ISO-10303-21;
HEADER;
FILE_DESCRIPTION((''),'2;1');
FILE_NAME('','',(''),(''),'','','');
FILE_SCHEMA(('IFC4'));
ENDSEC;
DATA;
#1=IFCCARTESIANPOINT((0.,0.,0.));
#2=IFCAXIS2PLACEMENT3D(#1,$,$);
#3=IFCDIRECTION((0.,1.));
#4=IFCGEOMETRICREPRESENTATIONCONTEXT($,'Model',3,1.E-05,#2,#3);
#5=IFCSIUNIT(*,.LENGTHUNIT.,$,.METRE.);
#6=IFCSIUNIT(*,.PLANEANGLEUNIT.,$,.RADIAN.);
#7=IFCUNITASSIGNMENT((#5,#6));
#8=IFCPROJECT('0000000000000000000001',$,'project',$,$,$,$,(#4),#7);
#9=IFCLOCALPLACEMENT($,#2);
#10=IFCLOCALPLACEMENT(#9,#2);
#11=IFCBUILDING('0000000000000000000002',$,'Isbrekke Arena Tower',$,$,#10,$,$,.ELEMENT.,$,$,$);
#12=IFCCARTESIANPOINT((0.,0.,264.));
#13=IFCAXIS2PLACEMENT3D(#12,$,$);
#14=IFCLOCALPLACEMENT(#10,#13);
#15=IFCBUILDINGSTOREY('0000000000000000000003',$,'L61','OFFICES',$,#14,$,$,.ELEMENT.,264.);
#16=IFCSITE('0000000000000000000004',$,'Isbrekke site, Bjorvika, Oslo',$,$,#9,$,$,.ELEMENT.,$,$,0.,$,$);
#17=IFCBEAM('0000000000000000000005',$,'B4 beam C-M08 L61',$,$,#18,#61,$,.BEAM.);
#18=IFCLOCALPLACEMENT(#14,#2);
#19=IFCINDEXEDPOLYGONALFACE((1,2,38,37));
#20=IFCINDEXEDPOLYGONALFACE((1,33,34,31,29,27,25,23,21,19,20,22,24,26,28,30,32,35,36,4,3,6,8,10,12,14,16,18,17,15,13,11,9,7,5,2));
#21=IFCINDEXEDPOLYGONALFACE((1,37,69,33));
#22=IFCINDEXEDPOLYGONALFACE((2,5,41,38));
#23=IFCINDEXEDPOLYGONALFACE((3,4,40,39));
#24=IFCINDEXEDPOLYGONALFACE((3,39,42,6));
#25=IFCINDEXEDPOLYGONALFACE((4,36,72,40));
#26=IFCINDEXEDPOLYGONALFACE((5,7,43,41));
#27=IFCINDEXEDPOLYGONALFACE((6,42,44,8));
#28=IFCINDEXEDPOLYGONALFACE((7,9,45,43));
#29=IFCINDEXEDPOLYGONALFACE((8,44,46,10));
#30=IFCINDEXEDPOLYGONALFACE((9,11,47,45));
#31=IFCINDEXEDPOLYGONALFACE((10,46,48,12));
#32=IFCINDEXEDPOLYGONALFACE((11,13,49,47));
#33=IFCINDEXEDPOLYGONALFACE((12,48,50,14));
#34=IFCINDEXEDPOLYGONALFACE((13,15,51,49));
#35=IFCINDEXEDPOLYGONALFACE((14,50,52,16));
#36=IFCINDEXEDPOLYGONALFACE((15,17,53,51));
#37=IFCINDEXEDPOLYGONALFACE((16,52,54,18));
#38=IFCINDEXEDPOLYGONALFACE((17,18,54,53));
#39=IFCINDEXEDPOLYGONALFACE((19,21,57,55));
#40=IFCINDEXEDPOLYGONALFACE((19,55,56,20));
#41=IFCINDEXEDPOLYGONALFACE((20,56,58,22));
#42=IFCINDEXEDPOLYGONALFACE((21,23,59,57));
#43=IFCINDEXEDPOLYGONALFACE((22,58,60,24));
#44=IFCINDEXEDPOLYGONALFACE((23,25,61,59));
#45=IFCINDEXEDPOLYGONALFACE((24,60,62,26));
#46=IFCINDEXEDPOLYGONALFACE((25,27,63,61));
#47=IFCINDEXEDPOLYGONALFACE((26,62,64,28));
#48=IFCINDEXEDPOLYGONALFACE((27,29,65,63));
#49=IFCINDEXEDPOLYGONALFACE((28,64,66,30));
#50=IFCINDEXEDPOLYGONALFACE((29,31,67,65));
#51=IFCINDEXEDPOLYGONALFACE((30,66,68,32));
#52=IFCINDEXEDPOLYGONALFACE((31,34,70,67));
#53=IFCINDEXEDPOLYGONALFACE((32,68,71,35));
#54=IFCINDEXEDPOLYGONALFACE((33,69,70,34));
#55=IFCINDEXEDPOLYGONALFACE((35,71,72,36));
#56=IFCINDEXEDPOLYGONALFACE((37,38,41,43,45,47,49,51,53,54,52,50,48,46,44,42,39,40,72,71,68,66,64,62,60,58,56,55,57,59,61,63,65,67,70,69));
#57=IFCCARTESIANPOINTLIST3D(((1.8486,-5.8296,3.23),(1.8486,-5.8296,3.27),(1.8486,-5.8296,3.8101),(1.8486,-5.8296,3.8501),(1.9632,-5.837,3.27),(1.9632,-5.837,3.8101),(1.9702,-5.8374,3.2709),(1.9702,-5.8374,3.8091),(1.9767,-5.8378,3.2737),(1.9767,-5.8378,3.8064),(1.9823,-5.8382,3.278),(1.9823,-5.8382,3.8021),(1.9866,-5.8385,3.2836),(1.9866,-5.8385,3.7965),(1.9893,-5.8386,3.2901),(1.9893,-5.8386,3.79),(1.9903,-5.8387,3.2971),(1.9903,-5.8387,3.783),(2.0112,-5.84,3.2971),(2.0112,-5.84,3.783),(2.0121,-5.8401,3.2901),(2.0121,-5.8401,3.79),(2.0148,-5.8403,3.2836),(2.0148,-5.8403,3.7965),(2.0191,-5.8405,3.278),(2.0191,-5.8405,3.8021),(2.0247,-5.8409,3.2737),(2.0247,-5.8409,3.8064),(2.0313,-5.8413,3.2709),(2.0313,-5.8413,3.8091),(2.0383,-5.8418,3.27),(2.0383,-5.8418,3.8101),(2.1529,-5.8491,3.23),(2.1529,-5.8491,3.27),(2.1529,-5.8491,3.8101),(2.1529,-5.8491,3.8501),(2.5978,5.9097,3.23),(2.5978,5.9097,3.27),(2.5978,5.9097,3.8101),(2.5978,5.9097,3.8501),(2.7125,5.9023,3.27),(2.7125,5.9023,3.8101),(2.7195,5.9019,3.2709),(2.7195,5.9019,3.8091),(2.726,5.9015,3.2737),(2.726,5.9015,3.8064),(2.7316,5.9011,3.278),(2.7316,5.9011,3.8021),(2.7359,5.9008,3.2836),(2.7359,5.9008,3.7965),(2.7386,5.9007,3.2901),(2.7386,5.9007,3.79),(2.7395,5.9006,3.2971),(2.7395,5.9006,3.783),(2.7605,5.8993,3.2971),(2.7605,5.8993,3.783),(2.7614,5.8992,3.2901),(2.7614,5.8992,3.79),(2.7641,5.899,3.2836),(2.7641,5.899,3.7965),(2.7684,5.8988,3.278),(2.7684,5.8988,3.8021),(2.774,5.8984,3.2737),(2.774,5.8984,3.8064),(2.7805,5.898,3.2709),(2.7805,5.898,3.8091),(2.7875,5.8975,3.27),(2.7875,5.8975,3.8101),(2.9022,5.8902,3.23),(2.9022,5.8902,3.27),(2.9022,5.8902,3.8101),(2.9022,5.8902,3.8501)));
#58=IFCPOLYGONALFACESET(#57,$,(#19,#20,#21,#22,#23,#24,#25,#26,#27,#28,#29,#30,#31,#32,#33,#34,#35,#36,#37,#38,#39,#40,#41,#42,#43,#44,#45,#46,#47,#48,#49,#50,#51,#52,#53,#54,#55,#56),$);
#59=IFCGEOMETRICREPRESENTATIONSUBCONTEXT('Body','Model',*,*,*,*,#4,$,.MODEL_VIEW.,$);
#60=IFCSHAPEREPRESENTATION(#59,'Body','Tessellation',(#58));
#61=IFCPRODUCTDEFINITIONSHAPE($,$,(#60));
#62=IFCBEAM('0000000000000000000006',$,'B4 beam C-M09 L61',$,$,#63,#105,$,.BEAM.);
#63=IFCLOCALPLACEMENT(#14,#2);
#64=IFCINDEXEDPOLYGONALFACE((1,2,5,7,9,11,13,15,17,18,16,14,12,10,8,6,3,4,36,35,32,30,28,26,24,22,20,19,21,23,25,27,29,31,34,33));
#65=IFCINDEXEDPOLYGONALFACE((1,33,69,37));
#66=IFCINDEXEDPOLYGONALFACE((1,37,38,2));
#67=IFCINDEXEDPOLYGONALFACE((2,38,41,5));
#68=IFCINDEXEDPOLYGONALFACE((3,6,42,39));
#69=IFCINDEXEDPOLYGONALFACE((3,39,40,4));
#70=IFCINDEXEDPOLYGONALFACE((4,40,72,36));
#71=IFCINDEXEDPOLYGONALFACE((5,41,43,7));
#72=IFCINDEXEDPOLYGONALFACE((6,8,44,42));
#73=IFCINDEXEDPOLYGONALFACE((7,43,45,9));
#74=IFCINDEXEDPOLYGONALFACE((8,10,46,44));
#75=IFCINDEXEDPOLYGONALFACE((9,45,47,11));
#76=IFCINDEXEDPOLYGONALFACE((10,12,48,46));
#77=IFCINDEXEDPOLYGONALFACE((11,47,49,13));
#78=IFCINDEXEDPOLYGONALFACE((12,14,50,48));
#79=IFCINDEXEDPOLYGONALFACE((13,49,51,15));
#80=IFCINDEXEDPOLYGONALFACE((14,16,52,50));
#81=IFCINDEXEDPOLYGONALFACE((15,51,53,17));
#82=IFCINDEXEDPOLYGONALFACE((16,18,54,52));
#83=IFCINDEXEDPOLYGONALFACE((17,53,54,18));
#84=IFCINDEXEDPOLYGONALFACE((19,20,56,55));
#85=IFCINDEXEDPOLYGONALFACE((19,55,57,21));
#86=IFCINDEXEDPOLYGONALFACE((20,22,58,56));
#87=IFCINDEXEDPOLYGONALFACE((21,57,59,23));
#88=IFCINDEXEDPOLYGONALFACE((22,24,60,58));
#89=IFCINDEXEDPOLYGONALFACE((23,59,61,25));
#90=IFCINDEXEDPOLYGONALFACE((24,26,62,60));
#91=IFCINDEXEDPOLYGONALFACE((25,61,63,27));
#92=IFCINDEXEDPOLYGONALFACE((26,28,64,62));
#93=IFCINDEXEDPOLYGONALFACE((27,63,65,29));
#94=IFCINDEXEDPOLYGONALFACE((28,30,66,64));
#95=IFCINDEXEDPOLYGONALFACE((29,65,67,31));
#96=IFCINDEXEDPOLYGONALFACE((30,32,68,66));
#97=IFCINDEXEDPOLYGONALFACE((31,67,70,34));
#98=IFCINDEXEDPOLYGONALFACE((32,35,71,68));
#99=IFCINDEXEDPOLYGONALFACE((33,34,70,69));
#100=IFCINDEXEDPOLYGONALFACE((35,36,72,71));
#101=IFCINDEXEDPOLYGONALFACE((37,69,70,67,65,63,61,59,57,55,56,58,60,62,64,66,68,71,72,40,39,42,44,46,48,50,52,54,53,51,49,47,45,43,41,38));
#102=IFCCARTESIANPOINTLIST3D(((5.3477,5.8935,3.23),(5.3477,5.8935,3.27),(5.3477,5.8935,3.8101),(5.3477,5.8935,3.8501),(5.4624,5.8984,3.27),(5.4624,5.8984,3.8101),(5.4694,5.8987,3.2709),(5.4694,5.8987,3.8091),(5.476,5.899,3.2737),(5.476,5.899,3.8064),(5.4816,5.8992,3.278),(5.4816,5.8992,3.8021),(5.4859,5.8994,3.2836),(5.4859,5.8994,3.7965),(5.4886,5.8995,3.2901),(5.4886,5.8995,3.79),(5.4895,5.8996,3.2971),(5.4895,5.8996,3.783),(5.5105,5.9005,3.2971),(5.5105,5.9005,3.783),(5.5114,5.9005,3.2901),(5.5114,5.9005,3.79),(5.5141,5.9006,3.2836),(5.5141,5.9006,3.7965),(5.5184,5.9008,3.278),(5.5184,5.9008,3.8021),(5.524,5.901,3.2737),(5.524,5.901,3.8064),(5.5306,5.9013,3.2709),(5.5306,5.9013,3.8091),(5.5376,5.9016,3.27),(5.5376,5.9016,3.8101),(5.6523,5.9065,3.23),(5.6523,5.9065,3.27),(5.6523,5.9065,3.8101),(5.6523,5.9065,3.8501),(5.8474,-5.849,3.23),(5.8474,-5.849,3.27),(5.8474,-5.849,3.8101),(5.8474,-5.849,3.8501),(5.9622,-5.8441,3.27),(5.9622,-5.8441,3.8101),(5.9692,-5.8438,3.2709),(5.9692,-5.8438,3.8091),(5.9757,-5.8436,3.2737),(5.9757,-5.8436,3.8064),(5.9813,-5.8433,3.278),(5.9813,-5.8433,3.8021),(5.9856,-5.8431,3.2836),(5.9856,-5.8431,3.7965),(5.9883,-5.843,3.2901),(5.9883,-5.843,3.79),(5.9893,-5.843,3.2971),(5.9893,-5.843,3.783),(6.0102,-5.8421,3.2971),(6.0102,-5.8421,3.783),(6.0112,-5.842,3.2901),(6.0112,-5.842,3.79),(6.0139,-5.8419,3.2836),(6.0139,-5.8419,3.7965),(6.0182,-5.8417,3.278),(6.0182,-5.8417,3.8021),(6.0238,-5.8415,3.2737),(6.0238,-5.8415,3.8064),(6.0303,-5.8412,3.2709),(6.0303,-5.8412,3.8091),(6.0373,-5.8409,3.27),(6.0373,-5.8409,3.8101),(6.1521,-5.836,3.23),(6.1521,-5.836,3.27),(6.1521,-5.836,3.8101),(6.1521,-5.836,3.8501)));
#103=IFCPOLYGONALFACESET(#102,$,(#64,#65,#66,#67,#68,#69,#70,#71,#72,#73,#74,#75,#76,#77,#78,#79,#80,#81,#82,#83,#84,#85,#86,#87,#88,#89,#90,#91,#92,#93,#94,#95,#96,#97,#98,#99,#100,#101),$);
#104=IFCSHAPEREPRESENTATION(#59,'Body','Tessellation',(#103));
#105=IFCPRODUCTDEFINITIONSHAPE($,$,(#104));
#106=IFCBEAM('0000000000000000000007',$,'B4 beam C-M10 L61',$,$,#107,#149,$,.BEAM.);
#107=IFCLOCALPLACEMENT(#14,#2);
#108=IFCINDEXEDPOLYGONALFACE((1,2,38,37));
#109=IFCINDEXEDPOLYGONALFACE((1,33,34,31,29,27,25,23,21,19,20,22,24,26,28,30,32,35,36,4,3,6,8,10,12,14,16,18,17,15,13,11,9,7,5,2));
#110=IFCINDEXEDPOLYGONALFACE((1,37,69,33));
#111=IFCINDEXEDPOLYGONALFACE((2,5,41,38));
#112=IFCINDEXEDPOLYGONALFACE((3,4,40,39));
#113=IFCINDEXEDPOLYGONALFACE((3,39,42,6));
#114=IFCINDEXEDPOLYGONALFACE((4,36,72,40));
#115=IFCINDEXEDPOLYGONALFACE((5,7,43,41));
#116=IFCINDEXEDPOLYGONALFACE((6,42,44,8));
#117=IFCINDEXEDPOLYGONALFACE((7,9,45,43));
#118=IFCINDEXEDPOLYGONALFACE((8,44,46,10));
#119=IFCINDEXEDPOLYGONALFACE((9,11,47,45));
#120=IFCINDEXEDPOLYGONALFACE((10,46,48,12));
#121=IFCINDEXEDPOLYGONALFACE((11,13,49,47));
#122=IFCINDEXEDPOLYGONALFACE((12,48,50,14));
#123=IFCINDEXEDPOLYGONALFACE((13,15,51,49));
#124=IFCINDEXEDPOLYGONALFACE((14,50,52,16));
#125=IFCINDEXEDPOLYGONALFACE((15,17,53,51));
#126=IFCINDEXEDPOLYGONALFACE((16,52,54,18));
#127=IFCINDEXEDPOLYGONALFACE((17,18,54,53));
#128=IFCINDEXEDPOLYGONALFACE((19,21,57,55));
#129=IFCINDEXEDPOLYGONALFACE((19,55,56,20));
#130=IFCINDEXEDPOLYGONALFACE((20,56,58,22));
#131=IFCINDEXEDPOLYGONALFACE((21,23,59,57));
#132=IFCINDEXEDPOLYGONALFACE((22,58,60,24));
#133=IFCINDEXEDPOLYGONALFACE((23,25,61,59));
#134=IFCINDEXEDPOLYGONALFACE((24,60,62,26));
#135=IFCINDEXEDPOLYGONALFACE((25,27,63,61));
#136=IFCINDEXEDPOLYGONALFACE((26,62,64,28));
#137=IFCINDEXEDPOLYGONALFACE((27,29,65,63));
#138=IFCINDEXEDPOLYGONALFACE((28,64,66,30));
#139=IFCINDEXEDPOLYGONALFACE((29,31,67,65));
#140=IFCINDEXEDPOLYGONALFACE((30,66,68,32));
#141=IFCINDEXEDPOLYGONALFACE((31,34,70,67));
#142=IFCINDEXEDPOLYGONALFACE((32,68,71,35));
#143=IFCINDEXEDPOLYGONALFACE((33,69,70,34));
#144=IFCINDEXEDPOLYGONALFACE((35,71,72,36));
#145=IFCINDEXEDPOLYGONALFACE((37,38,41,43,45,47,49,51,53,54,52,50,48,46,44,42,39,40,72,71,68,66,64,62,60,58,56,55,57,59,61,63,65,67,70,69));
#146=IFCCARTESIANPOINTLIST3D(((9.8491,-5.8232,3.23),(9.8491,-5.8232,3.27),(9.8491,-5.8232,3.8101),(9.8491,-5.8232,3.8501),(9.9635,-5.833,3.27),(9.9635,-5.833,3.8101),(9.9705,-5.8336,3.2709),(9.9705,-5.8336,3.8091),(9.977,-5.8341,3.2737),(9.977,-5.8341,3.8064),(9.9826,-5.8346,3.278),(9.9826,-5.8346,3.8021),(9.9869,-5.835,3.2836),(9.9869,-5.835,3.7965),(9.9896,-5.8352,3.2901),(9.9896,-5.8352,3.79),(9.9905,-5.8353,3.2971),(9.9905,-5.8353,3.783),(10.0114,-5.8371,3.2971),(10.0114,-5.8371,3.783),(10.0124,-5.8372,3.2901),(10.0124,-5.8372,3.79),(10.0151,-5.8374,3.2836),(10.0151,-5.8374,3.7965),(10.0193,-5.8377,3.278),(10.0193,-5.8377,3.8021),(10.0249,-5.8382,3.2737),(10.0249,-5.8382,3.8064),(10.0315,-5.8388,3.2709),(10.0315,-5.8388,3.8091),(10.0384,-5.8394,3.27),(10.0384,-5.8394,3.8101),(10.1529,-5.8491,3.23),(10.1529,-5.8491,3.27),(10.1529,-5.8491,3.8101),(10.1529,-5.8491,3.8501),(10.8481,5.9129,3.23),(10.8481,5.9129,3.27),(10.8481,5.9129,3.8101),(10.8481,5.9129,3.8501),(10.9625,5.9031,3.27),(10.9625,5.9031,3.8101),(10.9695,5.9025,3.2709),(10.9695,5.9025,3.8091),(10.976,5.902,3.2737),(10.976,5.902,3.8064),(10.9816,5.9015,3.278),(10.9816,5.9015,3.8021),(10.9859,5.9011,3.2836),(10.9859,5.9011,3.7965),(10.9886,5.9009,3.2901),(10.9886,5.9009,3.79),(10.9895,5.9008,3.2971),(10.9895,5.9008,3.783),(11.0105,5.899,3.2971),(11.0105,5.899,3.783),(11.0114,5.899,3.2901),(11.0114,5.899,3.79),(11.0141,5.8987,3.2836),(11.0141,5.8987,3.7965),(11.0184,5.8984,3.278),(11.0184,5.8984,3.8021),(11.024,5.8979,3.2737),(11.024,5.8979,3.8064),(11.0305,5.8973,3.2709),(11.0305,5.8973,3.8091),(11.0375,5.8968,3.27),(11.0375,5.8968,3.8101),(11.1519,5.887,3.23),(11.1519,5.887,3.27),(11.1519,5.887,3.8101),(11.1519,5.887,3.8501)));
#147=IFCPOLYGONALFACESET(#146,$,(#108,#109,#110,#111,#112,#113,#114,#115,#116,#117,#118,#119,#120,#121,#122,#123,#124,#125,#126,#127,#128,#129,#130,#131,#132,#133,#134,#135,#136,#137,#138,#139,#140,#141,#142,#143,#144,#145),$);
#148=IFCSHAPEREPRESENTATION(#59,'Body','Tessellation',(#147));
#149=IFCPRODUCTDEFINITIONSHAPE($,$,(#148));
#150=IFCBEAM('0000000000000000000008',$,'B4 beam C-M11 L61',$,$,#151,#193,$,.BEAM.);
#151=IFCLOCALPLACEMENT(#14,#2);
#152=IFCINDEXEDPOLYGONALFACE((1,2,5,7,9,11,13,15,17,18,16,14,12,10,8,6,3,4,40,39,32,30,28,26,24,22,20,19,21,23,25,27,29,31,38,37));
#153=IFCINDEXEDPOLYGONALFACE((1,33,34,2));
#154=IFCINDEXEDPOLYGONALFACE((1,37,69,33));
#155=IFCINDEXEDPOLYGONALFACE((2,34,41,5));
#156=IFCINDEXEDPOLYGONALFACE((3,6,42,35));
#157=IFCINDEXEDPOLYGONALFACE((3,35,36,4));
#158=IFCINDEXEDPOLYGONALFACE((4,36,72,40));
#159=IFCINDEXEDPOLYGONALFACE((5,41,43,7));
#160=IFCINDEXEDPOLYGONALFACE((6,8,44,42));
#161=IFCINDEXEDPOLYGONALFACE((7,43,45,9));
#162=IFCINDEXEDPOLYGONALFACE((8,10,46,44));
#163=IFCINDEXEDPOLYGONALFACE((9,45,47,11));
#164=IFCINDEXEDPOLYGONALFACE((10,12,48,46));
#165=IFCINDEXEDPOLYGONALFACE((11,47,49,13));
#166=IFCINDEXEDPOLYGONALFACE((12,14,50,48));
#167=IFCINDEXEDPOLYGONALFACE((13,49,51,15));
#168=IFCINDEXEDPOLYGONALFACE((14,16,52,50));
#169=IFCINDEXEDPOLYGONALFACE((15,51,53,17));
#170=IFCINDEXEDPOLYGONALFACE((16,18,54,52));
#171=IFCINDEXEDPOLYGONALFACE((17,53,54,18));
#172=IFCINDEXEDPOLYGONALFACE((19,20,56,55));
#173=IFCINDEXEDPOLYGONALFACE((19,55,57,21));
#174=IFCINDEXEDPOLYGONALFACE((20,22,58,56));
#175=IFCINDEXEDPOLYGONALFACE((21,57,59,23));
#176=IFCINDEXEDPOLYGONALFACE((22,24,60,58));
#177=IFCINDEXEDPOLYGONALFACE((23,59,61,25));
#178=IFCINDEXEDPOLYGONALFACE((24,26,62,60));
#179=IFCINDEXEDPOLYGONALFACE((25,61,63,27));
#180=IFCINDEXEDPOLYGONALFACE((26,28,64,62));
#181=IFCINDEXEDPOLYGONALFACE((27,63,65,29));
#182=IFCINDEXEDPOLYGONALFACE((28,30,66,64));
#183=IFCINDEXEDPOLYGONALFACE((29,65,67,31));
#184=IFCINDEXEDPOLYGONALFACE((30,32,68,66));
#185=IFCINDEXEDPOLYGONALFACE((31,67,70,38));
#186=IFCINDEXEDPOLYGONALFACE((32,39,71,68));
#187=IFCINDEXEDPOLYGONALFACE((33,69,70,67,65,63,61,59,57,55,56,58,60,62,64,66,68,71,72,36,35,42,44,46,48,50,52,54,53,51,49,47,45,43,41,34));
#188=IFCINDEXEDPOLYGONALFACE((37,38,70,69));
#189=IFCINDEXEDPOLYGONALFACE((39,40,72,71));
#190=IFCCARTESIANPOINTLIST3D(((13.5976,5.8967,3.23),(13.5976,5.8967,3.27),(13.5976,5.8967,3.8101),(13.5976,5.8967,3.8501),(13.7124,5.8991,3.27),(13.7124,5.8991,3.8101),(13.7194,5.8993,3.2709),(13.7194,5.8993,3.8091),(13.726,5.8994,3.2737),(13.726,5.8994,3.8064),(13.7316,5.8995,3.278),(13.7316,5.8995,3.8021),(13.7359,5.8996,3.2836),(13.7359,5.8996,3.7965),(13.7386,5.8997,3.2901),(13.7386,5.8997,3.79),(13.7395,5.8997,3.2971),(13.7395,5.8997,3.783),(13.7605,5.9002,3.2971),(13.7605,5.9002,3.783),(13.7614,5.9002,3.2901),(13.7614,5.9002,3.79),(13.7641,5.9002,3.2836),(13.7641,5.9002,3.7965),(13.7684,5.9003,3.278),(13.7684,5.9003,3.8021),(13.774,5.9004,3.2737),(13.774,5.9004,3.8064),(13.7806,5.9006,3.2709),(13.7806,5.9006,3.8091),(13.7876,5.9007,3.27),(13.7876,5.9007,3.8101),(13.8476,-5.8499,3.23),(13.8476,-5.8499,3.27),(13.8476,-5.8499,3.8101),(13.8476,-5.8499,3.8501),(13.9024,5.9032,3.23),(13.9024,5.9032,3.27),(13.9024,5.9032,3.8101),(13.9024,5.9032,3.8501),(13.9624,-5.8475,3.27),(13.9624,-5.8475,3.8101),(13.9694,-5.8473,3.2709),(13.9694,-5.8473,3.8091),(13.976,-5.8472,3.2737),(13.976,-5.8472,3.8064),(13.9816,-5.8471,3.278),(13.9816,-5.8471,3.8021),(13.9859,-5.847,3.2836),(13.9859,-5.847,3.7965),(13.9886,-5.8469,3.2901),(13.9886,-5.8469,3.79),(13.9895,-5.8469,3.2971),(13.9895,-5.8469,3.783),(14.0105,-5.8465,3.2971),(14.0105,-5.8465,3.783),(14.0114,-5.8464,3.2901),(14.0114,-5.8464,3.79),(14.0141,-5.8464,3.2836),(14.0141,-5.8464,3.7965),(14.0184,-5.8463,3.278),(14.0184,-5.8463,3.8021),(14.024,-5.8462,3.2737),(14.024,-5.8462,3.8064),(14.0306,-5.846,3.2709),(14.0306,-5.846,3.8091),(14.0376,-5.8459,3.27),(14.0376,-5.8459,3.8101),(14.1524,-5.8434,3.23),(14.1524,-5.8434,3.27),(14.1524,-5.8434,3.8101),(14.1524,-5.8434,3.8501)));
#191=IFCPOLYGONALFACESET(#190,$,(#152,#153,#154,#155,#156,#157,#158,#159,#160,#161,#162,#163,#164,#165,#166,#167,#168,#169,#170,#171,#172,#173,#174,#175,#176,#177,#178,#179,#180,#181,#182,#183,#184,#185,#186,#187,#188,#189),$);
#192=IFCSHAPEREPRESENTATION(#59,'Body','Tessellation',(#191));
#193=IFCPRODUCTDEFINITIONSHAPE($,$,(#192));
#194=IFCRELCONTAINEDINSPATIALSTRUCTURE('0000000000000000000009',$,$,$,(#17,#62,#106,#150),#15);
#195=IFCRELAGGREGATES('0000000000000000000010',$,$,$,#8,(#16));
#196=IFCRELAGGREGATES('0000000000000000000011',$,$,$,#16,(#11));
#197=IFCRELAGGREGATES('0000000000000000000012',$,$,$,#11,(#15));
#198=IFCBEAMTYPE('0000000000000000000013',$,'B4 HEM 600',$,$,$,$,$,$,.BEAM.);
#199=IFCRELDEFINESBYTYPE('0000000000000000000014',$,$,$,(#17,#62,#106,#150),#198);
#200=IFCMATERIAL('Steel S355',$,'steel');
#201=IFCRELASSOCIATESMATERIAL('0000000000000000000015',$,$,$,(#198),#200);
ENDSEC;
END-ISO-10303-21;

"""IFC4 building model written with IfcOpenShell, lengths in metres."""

from ifc_helpers import new_model, si_unit, direction, frame, origin, origin_2d, place, context, subcontext, project, spatial, i_section, extrude, material, material_profile, profile_set, type_object, element, save


model = new_model("IFC4")

# Units and contexts
model_context = context("Model", 3, precision=1e-05, world=origin(), true_north=direction((0.0, 1.0)))
body_context = subcontext(model_context, "Body", "Model", "MODEL_VIEW")
ifc_project = project(units=[si_unit("LENGTHUNIT", "METRE"), si_unit("PLANEANGLEUNIT", "RADIAN")], contexts=[model_context])

# Site, building, storey
site_placement = place(None, origin())
site = spatial("IfcSite", under=ifc_project, at=site_placement, Name="Isbrekke site, Bjorvika, Oslo", CompositionType="ELEMENT", RefElevation=0.0)
building_placement = place(site_placement, origin())
building = spatial("IfcBuilding", under=site, at=building_placement, Name="Isbrekke Arena Tower", CompositionType="ELEMENT")
storey_placement = place(building_placement, frame((0.0, 0.0, 264.0)))
storey = spatial("IfcBuildingStorey", under=building, at=storey_placement, Name="L61", Description="OFFICES", CompositionType="ELEMENT", Elevation=264.0)

# Beams
ifc_material_1 = material(Name="Steel S355", Category="steel")
ifc_material_profile_1 = material_profile(ifc_material_1, i_section(OverallWidth=0.3049, OverallDepth=0.6201, WebThickness=0.021, FlangeThickness=0.04, FilletRadius=0.0271, at=origin_2d()), Name="HEM 600")
ifc_profile_set_1 = profile_set([ifc_material_profile_1], Name="Steel S355")
beam_type_1 = type_object("IfcBeamType", Name="B4 HEM 600", PredefinedType="BEAM", material=ifc_profile_set_1)
beam_1_placement = place(storey_placement, frame((2.0007, -5.8394, 3.54), z_axis=(0.063696, 0.997969, 0.0), x_axis=(-0.997969, 0.063696, 0.0)))
element("IfcBeam", 1, at=beam_1_placement, inside=storey, type_object=beam_type_1, Name="B4 beam C-M08 L61", PredefinedType="BEAM", context=body_context, shape_type="SweptSolid", body=[
    extrude(i_section(OverallWidth=0.3049, OverallDepth=0.6201, WebThickness=0.021, FlangeThickness=0.04, FilletRadius=0.0271, at=origin_2d()), origin(), (0.0, 0.0, 1.0), 11.7632),
])
beam_2_placement = place(storey_placement, frame((5.9998, -5.8425, 3.54), z_axis=(-0.042521, 0.999096, 0.0), x_axis=(-0.999096, -0.042521, 0.0)))
element("IfcBeam", 2, at=beam_2_placement, inside=storey, type_object=beam_type_1, Name="B4 beam C-M09 L61", PredefinedType="BEAM", context=body_context, shape_type="SweptSolid", body=[
    extrude(i_section(OverallWidth=0.3049, OverallDepth=0.6201, WebThickness=0.021, FlangeThickness=0.04, FilletRadius=0.0271, at=origin_2d()), origin(), (0.0, 0.0, 1.0), 11.7532),
])
beam_3_placement = place(storey_placement, frame((10.001, -5.8362, 3.54), z_axis=(0.084817, 0.996397, 0.0), x_axis=(-0.996397, 0.084817, 0.0)))
element("IfcBeam", 3, at=beam_3_placement, inside=storey, type_object=beam_type_1, Name="B4 beam C-M10 L61", PredefinedType="BEAM", context=body_context, shape_type="SweptSolid", body=[
    extrude(i_section(OverallWidth=0.3049, OverallDepth=0.6201, WebThickness=0.021, FlangeThickness=0.04, FilletRadius=0.0271, at=origin_2d()), origin(), (0.0, 0.0, 1.0), 11.7786),
])
beam_4_placement = place(storey_placement, frame((14.0, -5.8467, 3.54), z_axis=(-0.021278, 0.999774, 0.0), x_axis=(-0.999774, -0.021278, 0.0)))
element("IfcBeam", 4, at=beam_4_placement, inside=storey, type_object=beam_type_1, Name="B4 beam C-M11 L61", PredefinedType="BEAM", context=body_context, shape_type="SweptSolid", body=[
    extrude(i_section(OverallWidth=0.3049, OverallDepth=0.6201, WebThickness=0.021, FlangeThickness=0.04, FilletRadius=0.0271, at=origin_2d()), origin(), (0.0, 0.0, 1.0), 11.7493),
])

save(model, "model.ifc")
